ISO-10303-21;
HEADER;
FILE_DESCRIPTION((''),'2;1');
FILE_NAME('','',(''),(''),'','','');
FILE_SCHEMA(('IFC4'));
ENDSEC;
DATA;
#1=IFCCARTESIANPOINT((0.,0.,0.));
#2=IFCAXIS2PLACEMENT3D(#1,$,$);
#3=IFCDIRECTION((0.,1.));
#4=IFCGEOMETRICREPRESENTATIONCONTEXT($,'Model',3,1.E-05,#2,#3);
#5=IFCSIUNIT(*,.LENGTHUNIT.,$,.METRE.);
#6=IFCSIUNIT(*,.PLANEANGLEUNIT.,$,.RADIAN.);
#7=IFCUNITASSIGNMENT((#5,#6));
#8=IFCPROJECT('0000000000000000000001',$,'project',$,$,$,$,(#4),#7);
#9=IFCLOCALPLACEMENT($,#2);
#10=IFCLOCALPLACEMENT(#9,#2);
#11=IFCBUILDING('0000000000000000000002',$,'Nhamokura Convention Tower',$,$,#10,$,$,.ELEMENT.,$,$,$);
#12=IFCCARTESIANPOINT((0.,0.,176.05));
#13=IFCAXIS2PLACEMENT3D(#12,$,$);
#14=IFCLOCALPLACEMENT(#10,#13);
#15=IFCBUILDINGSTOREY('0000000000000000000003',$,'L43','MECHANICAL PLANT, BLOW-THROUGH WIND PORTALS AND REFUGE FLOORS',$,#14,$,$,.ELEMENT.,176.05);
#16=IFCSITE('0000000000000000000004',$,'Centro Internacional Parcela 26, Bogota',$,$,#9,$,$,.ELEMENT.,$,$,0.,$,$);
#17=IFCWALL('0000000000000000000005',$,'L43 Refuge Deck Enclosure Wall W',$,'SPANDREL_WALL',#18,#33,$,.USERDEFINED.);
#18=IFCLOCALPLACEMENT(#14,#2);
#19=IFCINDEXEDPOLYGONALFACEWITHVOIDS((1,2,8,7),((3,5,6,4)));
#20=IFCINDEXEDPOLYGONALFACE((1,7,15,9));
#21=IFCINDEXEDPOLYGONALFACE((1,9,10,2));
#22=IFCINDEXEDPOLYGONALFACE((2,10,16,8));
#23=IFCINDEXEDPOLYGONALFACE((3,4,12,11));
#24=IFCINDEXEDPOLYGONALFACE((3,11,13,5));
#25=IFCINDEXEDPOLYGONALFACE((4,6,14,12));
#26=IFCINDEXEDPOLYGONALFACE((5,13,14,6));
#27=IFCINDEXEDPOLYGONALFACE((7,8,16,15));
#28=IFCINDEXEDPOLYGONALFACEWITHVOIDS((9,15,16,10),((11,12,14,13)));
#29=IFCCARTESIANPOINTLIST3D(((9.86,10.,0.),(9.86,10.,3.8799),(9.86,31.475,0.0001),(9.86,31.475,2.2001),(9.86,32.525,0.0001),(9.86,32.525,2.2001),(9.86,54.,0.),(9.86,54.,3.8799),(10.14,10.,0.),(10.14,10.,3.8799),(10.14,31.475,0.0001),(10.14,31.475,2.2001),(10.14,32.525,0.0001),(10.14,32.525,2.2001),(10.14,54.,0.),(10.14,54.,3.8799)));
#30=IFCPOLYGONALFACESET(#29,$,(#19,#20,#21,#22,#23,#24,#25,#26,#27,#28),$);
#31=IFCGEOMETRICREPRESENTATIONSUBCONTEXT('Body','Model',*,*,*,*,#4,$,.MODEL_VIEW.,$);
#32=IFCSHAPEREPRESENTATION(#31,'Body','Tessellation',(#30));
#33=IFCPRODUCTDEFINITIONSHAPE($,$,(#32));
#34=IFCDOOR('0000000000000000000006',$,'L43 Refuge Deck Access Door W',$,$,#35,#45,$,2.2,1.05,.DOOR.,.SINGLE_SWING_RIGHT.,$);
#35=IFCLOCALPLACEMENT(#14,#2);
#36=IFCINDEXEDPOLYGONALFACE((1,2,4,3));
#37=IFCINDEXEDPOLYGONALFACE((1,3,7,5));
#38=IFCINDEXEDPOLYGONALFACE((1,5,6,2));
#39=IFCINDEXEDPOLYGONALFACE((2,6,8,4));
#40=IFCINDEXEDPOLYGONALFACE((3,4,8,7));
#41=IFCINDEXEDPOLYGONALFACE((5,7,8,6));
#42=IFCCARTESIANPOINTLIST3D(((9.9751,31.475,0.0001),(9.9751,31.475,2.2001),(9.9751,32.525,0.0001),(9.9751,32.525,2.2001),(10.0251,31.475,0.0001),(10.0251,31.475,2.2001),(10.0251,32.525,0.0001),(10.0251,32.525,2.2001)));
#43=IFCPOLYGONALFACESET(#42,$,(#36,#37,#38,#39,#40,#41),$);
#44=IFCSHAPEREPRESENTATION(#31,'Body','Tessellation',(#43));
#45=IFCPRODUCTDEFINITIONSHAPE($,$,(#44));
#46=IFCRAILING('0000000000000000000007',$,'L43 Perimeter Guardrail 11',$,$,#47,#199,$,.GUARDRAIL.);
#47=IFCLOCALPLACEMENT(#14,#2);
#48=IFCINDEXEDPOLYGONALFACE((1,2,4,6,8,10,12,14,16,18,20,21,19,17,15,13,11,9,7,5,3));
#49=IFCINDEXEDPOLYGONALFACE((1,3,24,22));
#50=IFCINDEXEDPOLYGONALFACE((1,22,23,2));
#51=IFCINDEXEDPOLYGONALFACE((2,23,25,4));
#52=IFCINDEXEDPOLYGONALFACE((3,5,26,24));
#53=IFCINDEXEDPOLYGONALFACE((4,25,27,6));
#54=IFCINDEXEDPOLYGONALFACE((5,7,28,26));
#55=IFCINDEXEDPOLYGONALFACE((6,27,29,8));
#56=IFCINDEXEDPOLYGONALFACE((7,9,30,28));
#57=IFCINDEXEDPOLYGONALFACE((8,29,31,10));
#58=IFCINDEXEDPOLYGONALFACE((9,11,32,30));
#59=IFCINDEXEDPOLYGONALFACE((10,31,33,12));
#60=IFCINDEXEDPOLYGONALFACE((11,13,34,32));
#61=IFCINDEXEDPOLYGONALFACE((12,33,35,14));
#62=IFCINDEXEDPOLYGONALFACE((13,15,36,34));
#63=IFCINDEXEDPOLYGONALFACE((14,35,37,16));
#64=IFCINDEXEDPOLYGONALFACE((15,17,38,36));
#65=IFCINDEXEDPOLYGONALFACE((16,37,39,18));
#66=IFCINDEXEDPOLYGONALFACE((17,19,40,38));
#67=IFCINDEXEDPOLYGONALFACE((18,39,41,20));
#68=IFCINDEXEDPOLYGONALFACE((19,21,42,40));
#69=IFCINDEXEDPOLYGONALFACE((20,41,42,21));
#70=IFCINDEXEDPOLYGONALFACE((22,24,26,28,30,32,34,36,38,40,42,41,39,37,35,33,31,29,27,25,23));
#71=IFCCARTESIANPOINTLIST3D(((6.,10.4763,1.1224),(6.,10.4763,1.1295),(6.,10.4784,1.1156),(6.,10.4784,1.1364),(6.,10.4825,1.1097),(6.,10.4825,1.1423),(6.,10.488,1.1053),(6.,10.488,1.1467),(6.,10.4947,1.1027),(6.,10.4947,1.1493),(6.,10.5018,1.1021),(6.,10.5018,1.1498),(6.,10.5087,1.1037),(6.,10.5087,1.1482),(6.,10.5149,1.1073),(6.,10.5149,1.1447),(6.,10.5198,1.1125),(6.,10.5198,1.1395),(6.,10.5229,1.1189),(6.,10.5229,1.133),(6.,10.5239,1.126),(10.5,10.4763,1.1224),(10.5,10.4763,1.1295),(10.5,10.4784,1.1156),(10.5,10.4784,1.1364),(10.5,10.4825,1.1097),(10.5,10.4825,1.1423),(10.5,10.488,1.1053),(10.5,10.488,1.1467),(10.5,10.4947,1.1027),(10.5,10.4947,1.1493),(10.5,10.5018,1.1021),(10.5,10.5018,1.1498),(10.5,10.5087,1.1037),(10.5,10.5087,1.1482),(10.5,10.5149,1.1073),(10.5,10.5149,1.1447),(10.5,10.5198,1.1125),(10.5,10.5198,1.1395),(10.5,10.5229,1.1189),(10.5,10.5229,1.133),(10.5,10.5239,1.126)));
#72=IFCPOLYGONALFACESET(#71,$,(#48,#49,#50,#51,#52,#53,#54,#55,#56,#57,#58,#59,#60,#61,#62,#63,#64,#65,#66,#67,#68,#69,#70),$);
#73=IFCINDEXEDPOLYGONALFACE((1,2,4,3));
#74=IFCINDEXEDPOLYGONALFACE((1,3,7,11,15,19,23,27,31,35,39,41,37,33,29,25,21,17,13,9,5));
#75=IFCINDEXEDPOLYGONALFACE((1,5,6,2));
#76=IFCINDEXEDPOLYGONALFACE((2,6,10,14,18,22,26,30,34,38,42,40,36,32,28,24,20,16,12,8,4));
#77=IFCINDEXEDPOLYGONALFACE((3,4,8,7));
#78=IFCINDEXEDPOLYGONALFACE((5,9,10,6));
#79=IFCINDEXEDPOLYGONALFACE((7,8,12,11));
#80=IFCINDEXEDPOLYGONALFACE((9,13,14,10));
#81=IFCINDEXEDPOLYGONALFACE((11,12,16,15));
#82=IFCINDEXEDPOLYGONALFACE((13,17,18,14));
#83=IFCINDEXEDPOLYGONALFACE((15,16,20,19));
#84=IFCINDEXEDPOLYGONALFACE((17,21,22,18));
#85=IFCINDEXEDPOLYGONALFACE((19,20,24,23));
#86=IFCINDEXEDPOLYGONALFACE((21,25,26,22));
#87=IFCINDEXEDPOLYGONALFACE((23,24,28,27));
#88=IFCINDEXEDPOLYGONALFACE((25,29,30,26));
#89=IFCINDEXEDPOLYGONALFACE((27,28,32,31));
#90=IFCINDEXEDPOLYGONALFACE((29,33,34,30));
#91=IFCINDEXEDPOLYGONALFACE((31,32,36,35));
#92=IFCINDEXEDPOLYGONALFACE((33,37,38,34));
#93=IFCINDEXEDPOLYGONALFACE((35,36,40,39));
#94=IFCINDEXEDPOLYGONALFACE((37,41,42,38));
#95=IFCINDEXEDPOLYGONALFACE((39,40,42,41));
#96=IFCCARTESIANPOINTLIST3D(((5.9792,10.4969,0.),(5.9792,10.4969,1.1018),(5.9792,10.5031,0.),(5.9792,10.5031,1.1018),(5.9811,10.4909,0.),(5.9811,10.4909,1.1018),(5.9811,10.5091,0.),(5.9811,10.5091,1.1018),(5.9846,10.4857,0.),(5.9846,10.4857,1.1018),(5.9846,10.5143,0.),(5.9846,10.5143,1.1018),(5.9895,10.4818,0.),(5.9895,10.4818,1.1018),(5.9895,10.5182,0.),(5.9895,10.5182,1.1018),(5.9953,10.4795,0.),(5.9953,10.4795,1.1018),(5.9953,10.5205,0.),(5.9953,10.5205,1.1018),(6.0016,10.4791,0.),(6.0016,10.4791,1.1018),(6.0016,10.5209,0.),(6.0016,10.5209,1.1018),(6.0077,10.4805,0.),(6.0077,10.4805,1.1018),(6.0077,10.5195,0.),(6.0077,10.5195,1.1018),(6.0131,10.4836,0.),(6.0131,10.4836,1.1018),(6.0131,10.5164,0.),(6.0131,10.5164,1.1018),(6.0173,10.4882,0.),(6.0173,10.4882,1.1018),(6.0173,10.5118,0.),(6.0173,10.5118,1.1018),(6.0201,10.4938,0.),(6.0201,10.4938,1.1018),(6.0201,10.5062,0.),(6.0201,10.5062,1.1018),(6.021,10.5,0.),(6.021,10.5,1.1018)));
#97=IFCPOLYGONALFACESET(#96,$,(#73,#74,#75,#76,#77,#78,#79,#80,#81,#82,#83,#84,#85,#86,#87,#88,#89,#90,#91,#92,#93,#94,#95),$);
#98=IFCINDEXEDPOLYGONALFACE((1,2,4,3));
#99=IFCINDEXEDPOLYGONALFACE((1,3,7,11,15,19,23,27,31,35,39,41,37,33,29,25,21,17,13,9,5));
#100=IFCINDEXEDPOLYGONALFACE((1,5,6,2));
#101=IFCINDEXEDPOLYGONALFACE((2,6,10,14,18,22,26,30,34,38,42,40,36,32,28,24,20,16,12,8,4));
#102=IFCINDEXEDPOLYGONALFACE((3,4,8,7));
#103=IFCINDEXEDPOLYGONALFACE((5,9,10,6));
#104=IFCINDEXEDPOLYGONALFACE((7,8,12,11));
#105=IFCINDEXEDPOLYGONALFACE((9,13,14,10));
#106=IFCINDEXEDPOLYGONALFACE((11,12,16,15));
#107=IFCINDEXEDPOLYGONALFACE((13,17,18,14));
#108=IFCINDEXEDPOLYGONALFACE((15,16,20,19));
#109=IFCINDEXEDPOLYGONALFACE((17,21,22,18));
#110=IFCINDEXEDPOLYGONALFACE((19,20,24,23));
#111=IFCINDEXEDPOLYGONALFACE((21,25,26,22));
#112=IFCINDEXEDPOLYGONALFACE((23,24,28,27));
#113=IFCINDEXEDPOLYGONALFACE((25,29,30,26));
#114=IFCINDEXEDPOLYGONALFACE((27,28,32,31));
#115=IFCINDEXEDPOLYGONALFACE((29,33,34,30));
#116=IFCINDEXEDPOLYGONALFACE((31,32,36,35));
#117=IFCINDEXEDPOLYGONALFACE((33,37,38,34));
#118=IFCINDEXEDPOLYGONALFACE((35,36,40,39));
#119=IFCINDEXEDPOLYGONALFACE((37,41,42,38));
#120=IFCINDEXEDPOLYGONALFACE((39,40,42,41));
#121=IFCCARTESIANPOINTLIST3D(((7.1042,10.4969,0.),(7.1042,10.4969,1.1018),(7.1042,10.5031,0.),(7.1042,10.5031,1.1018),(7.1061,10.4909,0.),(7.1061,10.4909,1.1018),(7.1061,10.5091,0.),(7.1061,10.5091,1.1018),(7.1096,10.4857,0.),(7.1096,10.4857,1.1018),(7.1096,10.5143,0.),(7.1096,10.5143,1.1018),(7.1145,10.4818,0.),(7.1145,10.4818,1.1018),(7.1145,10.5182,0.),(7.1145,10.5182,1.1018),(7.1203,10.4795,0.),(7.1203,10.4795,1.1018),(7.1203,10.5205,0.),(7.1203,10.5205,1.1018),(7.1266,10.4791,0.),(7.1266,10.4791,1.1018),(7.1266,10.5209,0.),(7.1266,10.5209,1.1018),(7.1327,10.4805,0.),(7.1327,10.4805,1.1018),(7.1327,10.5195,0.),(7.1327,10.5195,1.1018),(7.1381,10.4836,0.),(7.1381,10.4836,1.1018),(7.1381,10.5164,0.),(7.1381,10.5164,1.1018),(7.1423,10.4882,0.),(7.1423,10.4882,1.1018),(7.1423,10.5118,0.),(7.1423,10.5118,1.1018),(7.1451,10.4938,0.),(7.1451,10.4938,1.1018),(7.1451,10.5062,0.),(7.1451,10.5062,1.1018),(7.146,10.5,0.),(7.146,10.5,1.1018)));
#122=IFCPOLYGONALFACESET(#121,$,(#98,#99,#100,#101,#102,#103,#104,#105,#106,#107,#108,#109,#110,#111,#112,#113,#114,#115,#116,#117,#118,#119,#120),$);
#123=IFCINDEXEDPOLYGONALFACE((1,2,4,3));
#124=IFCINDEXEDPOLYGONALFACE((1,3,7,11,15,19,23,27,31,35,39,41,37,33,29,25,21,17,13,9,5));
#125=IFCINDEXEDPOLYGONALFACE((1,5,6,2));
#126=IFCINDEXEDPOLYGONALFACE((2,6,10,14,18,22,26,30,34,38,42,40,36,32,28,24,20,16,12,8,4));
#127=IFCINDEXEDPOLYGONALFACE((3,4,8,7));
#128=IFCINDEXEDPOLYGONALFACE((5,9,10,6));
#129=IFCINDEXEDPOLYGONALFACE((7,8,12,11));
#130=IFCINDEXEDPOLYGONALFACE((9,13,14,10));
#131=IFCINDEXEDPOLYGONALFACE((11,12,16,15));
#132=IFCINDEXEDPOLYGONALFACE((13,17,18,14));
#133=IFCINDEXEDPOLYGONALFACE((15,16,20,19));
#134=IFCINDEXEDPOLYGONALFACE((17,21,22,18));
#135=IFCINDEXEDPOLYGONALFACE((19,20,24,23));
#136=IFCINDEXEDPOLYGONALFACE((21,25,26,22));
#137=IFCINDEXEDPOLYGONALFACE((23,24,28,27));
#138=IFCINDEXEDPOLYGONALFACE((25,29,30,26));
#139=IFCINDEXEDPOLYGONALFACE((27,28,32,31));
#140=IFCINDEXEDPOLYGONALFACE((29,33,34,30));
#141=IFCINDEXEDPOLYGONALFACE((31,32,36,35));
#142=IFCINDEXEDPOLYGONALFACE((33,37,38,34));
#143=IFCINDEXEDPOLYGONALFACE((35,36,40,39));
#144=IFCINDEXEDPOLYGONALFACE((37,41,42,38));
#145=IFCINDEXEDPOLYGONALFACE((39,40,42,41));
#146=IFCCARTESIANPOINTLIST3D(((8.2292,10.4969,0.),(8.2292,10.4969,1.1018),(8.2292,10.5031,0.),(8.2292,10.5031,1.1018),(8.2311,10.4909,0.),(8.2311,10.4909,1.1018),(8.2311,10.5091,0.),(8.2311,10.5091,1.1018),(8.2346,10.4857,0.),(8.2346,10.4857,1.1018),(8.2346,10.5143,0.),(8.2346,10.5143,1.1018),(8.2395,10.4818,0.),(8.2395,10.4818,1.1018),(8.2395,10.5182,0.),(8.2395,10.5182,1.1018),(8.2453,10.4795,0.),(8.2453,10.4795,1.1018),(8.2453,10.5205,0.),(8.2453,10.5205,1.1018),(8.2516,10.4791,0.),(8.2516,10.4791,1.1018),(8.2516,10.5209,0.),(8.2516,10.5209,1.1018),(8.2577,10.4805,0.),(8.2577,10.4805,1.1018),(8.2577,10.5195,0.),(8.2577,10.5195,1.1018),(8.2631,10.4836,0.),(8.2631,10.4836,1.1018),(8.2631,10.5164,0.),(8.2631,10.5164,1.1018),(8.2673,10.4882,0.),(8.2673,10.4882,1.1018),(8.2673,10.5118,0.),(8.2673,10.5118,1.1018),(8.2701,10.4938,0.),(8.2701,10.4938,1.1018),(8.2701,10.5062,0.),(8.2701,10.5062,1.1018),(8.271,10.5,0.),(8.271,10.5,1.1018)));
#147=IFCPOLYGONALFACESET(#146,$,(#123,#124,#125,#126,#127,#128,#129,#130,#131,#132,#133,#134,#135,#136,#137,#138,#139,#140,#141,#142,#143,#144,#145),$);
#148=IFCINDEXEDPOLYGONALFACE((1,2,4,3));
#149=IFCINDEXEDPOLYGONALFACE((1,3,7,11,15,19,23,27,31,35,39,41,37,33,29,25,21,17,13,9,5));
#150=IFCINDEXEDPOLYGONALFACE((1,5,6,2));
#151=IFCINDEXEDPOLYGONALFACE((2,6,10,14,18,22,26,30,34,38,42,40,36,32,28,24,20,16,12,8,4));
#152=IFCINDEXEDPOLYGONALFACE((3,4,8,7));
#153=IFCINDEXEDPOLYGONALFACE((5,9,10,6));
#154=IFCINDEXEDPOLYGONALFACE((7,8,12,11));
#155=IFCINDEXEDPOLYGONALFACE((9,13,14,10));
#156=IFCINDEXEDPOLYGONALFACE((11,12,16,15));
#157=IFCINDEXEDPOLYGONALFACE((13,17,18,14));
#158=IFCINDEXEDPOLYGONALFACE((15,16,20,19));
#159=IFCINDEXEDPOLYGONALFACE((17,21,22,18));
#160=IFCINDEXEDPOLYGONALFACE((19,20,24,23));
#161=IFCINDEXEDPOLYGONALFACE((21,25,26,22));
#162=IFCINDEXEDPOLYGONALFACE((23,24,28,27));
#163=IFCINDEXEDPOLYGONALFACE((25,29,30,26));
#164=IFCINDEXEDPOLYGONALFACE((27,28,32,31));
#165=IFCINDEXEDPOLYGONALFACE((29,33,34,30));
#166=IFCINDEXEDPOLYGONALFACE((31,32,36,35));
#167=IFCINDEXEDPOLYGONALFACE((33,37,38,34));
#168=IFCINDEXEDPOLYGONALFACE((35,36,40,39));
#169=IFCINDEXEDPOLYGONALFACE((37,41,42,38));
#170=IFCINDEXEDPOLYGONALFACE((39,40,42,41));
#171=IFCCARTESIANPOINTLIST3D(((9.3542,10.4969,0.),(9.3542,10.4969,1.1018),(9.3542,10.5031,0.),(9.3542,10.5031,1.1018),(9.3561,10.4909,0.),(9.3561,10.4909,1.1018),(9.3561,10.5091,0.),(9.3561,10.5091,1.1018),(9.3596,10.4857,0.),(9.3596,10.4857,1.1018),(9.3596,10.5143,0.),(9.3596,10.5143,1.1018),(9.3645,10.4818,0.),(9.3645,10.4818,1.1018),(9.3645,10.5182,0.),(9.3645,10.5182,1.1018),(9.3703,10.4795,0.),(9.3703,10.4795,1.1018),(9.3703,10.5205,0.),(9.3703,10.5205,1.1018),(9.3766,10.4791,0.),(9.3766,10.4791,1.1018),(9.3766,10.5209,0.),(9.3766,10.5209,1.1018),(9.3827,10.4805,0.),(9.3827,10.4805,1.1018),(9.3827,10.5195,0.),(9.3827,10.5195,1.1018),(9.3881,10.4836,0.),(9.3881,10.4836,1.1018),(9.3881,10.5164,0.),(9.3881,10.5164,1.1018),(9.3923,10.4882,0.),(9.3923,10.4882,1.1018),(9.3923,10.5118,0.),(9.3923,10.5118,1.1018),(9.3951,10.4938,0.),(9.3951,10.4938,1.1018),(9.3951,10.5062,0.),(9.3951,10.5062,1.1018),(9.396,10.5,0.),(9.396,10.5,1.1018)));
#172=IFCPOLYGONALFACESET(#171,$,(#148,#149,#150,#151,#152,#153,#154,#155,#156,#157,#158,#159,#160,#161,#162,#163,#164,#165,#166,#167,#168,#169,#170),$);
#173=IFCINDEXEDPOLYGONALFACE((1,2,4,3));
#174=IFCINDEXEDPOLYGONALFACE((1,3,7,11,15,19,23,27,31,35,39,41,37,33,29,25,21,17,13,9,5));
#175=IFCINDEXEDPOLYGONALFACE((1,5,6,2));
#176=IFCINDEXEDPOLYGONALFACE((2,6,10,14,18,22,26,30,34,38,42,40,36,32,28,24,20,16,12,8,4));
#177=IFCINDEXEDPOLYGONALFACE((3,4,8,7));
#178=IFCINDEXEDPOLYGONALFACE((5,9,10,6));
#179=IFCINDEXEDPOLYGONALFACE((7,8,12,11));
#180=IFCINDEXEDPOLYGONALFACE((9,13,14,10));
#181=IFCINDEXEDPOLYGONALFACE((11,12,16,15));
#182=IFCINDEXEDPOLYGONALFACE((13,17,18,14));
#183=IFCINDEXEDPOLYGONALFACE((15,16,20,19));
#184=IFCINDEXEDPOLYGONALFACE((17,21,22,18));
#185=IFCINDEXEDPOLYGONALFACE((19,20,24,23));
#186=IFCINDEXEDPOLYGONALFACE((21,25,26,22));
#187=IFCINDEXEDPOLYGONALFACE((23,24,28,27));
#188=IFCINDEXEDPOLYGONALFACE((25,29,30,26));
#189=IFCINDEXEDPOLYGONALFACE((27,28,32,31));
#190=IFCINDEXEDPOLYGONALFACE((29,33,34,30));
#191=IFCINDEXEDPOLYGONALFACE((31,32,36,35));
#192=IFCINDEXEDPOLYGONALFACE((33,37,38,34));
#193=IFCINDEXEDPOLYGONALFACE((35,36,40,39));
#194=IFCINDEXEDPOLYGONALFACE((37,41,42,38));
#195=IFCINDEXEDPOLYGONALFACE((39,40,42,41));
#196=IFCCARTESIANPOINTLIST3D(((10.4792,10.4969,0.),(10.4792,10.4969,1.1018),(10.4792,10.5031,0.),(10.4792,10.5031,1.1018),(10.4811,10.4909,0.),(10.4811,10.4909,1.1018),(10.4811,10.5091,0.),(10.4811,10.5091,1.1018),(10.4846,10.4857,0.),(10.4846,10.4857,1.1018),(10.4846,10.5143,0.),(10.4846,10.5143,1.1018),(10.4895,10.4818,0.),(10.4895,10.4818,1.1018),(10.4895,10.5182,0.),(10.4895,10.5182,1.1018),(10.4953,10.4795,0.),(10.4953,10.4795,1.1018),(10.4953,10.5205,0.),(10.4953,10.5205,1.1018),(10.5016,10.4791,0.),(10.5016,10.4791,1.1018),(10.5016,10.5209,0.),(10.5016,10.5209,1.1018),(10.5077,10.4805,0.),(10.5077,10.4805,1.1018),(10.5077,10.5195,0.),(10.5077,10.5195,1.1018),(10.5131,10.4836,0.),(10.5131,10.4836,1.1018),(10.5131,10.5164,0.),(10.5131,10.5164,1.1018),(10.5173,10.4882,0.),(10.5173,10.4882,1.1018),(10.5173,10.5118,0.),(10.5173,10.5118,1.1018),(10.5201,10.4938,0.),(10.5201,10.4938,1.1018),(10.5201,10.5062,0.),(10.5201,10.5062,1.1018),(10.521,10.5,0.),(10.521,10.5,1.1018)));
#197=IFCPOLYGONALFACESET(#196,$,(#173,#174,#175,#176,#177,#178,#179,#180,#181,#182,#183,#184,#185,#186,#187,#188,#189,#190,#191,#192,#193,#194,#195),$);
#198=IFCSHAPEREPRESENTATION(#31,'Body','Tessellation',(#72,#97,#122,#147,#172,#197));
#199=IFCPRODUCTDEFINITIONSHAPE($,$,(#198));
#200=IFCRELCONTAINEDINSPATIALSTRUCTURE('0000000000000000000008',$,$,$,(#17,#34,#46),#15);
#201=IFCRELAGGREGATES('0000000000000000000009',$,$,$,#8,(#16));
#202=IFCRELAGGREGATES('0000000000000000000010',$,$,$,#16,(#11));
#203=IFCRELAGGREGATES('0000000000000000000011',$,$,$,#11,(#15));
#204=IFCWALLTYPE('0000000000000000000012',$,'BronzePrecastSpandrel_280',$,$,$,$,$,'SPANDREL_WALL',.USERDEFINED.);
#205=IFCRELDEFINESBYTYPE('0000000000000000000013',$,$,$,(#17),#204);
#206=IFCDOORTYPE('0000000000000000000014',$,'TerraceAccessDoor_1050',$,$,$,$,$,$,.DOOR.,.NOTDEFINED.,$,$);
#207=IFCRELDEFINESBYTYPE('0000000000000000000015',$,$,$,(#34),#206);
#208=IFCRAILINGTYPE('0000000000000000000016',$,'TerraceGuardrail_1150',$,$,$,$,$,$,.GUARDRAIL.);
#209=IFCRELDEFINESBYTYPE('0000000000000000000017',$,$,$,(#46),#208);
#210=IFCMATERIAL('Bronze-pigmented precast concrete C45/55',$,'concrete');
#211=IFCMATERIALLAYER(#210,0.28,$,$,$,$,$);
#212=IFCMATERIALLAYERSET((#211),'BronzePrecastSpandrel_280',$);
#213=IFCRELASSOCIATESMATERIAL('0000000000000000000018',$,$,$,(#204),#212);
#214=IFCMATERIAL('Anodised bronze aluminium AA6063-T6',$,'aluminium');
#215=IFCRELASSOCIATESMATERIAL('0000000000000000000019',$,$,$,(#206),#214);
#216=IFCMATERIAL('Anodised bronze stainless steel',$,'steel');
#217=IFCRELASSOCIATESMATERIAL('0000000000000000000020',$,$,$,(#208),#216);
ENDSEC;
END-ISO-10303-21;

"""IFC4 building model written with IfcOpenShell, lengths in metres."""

from ifc_helpers import new_model, si_unit, direction, frame, frame_2d, origin, origin_2d, place, context, subcontext, project, spatial, rectangle, circle, extrude, material, layer, layer_set, type_object, element, fill, save


model = new_model("IFC4")

# Units and contexts
model_context = context("Model", 3, precision=1e-05, world=origin(), true_north=direction((0.0, 1.0)))
body_context = subcontext(model_context, "Body", "Model", "MODEL_VIEW")
ifc_project = project(units=[si_unit("LENGTHUNIT", "METRE"), si_unit("PLANEANGLEUNIT", "RADIAN")], contexts=[model_context])

# Site, building, storey
site_placement = place(None, origin())
site = spatial("IfcSite", under=ifc_project, at=site_placement, Name="Centro Internacional Parcela 26, Bogota", CompositionType="ELEMENT", RefElevation=0.0)
building_placement = place(site_placement, origin())
building = spatial("IfcBuilding", under=site, at=building_placement, Name="Nhamokura Convention Tower", CompositionType="ELEMENT")
storey_placement = place(building_placement, frame((0.0, 0.0, 176.05)))
storey = spatial("IfcBuildingStorey", under=building, at=storey_placement, Name="L43", Description="MECHANICAL PLANT, BLOW-THROUGH WIND PORTALS AND REFUGE FLOORS", CompositionType="ELEMENT", Elevation=176.05)

# Wall, opening, door
ifc_material_1 = material(Name="Bronze-pigmented precast concrete C45/55", Category="concrete")
ifc_layer_1 = layer(ifc_material_1, 0.28)
ifc_layer_set_1 = layer_set([ifc_layer_1], Name="BronzePrecastSpandrel_280")
wall_type = type_object("IfcWallType", Name="BronzePrecastSpandrel_280", ElementType="SPANDREL_WALL", PredefinedType="USERDEFINED", material=ifc_layer_set_1)
wall_placement = place(storey_placement, frame((10.0, 10.0, 0.0), z_axis=(0.0, 0.0, 1.0), x_axis=(0.0, 1.0, 0.0)))
wall = element("IfcWall", 1, at=wall_placement, inside=storey, type_object=wall_type, Name="L43 Refuge Deck Enclosure Wall W", ObjectType="SPANDREL_WALL", PredefinedType="USERDEFINED", context=body_context, shape_type="SweptSolid", body=[
    extrude(rectangle(XDim=44.0, YDim=0.28, at=frame_2d((22.0, 0.0))), origin(), (0.0, 0.0, 1.0), 3.8799),
])
opening_placement = place(wall_placement, frame((21.4751, 0.0, 0.0)))
opening = element("IfcOpeningElement", 2, at=opening_placement, cuts=wall, PredefinedType="OPENING", context=body_context, shape_type="SweptSolid", body=[
    extrude(rectangle(XDim=1.05, YDim=2.2, at=frame_2d((0.5249, 1.1001))), frame((0.0, 0.1499, 0.0), z_axis=(0.0, -1.0, 0.0), x_axis=(1.0, 0.0, 0.0)), (0.0, 0.0, 1.0), 0.3),
])
ifc_material_2 = material(Name="Anodised bronze aluminium AA6063-T6", Category="aluminium")
door_type = type_object("IfcDoorType", Name="TerraceAccessDoor_1050", OperationType="NOTDEFINED", PredefinedType="DOOR", material=ifc_material_2)
door_placement = place(opening_placement, origin())
door = element("IfcDoor", 3, at=door_placement, inside=storey, type_object=door_type, Name="L43 Refuge Deck Access Door W", OperationType="SINGLE_SWING_RIGHT", OverallHeight=2.2, OverallWidth=1.05, PredefinedType="DOOR", context=body_context, shape_type="SweptSolid", body=[
    extrude(rectangle(XDim=1.05, YDim=2.2, at=frame_2d((0.5249, 1.1001))), frame((0.0, 0.0249, 0.0), z_axis=(0.0, -1.0, 0.0), x_axis=(1.0, 0.0, 0.0)), (0.0, 0.0, 1.0), 0.05),
])
fill(opening, door)

# Railing
ifc_material_3 = material(Name="Anodised bronze stainless steel", Category="steel")
railing_type = type_object("IfcRailingType", Name="TerraceGuardrail_1150", PredefinedType="GUARDRAIL", material=ifc_material_3)
railing_1_placement = place(storey_placement, frame((6.0, 10.5, 0.0)))
element("IfcRailing", 4, at=railing_1_placement, inside=storey, type_object=railing_type, Name="L43 Perimeter Guardrail 11", PredefinedType="GUARDRAIL", context=body_context, shape_type="SweptSolid", body=[
    extrude(circle(Radius=0.0239, at=origin_2d()), frame((0.0, 0.0, 1.126), z_axis=(1.0, 0.0, 0.0), x_axis=(0.0, 1.0, 0.0)), (0.0, 0.0, 1.0), 4.5),
    extrude(circle(Radius=0.021, at=origin_2d()), origin(), (0.0, 0.0, 1.0), 1.1018),
    extrude(circle(Radius=0.021, at=origin_2d()), frame((1.125, 0.0, 0.0)), (0.0, 0.0, 1.0), 1.1018),
    extrude(circle(Radius=0.021, at=origin_2d()), frame((2.25, 0.0, 0.0)), (0.0, 0.0, 1.0), 1.1018),
    extrude(circle(Radius=0.021, at=origin_2d()), frame((3.375, 0.0, 0.0)), (0.0, 0.0, 1.0), 1.1018),
    extrude(circle(Radius=0.021, at=origin_2d()), frame((4.5, 0.0, 0.0)), (0.0, 0.0, 1.0), 1.1018),
])

save(model, "model.ifc")
